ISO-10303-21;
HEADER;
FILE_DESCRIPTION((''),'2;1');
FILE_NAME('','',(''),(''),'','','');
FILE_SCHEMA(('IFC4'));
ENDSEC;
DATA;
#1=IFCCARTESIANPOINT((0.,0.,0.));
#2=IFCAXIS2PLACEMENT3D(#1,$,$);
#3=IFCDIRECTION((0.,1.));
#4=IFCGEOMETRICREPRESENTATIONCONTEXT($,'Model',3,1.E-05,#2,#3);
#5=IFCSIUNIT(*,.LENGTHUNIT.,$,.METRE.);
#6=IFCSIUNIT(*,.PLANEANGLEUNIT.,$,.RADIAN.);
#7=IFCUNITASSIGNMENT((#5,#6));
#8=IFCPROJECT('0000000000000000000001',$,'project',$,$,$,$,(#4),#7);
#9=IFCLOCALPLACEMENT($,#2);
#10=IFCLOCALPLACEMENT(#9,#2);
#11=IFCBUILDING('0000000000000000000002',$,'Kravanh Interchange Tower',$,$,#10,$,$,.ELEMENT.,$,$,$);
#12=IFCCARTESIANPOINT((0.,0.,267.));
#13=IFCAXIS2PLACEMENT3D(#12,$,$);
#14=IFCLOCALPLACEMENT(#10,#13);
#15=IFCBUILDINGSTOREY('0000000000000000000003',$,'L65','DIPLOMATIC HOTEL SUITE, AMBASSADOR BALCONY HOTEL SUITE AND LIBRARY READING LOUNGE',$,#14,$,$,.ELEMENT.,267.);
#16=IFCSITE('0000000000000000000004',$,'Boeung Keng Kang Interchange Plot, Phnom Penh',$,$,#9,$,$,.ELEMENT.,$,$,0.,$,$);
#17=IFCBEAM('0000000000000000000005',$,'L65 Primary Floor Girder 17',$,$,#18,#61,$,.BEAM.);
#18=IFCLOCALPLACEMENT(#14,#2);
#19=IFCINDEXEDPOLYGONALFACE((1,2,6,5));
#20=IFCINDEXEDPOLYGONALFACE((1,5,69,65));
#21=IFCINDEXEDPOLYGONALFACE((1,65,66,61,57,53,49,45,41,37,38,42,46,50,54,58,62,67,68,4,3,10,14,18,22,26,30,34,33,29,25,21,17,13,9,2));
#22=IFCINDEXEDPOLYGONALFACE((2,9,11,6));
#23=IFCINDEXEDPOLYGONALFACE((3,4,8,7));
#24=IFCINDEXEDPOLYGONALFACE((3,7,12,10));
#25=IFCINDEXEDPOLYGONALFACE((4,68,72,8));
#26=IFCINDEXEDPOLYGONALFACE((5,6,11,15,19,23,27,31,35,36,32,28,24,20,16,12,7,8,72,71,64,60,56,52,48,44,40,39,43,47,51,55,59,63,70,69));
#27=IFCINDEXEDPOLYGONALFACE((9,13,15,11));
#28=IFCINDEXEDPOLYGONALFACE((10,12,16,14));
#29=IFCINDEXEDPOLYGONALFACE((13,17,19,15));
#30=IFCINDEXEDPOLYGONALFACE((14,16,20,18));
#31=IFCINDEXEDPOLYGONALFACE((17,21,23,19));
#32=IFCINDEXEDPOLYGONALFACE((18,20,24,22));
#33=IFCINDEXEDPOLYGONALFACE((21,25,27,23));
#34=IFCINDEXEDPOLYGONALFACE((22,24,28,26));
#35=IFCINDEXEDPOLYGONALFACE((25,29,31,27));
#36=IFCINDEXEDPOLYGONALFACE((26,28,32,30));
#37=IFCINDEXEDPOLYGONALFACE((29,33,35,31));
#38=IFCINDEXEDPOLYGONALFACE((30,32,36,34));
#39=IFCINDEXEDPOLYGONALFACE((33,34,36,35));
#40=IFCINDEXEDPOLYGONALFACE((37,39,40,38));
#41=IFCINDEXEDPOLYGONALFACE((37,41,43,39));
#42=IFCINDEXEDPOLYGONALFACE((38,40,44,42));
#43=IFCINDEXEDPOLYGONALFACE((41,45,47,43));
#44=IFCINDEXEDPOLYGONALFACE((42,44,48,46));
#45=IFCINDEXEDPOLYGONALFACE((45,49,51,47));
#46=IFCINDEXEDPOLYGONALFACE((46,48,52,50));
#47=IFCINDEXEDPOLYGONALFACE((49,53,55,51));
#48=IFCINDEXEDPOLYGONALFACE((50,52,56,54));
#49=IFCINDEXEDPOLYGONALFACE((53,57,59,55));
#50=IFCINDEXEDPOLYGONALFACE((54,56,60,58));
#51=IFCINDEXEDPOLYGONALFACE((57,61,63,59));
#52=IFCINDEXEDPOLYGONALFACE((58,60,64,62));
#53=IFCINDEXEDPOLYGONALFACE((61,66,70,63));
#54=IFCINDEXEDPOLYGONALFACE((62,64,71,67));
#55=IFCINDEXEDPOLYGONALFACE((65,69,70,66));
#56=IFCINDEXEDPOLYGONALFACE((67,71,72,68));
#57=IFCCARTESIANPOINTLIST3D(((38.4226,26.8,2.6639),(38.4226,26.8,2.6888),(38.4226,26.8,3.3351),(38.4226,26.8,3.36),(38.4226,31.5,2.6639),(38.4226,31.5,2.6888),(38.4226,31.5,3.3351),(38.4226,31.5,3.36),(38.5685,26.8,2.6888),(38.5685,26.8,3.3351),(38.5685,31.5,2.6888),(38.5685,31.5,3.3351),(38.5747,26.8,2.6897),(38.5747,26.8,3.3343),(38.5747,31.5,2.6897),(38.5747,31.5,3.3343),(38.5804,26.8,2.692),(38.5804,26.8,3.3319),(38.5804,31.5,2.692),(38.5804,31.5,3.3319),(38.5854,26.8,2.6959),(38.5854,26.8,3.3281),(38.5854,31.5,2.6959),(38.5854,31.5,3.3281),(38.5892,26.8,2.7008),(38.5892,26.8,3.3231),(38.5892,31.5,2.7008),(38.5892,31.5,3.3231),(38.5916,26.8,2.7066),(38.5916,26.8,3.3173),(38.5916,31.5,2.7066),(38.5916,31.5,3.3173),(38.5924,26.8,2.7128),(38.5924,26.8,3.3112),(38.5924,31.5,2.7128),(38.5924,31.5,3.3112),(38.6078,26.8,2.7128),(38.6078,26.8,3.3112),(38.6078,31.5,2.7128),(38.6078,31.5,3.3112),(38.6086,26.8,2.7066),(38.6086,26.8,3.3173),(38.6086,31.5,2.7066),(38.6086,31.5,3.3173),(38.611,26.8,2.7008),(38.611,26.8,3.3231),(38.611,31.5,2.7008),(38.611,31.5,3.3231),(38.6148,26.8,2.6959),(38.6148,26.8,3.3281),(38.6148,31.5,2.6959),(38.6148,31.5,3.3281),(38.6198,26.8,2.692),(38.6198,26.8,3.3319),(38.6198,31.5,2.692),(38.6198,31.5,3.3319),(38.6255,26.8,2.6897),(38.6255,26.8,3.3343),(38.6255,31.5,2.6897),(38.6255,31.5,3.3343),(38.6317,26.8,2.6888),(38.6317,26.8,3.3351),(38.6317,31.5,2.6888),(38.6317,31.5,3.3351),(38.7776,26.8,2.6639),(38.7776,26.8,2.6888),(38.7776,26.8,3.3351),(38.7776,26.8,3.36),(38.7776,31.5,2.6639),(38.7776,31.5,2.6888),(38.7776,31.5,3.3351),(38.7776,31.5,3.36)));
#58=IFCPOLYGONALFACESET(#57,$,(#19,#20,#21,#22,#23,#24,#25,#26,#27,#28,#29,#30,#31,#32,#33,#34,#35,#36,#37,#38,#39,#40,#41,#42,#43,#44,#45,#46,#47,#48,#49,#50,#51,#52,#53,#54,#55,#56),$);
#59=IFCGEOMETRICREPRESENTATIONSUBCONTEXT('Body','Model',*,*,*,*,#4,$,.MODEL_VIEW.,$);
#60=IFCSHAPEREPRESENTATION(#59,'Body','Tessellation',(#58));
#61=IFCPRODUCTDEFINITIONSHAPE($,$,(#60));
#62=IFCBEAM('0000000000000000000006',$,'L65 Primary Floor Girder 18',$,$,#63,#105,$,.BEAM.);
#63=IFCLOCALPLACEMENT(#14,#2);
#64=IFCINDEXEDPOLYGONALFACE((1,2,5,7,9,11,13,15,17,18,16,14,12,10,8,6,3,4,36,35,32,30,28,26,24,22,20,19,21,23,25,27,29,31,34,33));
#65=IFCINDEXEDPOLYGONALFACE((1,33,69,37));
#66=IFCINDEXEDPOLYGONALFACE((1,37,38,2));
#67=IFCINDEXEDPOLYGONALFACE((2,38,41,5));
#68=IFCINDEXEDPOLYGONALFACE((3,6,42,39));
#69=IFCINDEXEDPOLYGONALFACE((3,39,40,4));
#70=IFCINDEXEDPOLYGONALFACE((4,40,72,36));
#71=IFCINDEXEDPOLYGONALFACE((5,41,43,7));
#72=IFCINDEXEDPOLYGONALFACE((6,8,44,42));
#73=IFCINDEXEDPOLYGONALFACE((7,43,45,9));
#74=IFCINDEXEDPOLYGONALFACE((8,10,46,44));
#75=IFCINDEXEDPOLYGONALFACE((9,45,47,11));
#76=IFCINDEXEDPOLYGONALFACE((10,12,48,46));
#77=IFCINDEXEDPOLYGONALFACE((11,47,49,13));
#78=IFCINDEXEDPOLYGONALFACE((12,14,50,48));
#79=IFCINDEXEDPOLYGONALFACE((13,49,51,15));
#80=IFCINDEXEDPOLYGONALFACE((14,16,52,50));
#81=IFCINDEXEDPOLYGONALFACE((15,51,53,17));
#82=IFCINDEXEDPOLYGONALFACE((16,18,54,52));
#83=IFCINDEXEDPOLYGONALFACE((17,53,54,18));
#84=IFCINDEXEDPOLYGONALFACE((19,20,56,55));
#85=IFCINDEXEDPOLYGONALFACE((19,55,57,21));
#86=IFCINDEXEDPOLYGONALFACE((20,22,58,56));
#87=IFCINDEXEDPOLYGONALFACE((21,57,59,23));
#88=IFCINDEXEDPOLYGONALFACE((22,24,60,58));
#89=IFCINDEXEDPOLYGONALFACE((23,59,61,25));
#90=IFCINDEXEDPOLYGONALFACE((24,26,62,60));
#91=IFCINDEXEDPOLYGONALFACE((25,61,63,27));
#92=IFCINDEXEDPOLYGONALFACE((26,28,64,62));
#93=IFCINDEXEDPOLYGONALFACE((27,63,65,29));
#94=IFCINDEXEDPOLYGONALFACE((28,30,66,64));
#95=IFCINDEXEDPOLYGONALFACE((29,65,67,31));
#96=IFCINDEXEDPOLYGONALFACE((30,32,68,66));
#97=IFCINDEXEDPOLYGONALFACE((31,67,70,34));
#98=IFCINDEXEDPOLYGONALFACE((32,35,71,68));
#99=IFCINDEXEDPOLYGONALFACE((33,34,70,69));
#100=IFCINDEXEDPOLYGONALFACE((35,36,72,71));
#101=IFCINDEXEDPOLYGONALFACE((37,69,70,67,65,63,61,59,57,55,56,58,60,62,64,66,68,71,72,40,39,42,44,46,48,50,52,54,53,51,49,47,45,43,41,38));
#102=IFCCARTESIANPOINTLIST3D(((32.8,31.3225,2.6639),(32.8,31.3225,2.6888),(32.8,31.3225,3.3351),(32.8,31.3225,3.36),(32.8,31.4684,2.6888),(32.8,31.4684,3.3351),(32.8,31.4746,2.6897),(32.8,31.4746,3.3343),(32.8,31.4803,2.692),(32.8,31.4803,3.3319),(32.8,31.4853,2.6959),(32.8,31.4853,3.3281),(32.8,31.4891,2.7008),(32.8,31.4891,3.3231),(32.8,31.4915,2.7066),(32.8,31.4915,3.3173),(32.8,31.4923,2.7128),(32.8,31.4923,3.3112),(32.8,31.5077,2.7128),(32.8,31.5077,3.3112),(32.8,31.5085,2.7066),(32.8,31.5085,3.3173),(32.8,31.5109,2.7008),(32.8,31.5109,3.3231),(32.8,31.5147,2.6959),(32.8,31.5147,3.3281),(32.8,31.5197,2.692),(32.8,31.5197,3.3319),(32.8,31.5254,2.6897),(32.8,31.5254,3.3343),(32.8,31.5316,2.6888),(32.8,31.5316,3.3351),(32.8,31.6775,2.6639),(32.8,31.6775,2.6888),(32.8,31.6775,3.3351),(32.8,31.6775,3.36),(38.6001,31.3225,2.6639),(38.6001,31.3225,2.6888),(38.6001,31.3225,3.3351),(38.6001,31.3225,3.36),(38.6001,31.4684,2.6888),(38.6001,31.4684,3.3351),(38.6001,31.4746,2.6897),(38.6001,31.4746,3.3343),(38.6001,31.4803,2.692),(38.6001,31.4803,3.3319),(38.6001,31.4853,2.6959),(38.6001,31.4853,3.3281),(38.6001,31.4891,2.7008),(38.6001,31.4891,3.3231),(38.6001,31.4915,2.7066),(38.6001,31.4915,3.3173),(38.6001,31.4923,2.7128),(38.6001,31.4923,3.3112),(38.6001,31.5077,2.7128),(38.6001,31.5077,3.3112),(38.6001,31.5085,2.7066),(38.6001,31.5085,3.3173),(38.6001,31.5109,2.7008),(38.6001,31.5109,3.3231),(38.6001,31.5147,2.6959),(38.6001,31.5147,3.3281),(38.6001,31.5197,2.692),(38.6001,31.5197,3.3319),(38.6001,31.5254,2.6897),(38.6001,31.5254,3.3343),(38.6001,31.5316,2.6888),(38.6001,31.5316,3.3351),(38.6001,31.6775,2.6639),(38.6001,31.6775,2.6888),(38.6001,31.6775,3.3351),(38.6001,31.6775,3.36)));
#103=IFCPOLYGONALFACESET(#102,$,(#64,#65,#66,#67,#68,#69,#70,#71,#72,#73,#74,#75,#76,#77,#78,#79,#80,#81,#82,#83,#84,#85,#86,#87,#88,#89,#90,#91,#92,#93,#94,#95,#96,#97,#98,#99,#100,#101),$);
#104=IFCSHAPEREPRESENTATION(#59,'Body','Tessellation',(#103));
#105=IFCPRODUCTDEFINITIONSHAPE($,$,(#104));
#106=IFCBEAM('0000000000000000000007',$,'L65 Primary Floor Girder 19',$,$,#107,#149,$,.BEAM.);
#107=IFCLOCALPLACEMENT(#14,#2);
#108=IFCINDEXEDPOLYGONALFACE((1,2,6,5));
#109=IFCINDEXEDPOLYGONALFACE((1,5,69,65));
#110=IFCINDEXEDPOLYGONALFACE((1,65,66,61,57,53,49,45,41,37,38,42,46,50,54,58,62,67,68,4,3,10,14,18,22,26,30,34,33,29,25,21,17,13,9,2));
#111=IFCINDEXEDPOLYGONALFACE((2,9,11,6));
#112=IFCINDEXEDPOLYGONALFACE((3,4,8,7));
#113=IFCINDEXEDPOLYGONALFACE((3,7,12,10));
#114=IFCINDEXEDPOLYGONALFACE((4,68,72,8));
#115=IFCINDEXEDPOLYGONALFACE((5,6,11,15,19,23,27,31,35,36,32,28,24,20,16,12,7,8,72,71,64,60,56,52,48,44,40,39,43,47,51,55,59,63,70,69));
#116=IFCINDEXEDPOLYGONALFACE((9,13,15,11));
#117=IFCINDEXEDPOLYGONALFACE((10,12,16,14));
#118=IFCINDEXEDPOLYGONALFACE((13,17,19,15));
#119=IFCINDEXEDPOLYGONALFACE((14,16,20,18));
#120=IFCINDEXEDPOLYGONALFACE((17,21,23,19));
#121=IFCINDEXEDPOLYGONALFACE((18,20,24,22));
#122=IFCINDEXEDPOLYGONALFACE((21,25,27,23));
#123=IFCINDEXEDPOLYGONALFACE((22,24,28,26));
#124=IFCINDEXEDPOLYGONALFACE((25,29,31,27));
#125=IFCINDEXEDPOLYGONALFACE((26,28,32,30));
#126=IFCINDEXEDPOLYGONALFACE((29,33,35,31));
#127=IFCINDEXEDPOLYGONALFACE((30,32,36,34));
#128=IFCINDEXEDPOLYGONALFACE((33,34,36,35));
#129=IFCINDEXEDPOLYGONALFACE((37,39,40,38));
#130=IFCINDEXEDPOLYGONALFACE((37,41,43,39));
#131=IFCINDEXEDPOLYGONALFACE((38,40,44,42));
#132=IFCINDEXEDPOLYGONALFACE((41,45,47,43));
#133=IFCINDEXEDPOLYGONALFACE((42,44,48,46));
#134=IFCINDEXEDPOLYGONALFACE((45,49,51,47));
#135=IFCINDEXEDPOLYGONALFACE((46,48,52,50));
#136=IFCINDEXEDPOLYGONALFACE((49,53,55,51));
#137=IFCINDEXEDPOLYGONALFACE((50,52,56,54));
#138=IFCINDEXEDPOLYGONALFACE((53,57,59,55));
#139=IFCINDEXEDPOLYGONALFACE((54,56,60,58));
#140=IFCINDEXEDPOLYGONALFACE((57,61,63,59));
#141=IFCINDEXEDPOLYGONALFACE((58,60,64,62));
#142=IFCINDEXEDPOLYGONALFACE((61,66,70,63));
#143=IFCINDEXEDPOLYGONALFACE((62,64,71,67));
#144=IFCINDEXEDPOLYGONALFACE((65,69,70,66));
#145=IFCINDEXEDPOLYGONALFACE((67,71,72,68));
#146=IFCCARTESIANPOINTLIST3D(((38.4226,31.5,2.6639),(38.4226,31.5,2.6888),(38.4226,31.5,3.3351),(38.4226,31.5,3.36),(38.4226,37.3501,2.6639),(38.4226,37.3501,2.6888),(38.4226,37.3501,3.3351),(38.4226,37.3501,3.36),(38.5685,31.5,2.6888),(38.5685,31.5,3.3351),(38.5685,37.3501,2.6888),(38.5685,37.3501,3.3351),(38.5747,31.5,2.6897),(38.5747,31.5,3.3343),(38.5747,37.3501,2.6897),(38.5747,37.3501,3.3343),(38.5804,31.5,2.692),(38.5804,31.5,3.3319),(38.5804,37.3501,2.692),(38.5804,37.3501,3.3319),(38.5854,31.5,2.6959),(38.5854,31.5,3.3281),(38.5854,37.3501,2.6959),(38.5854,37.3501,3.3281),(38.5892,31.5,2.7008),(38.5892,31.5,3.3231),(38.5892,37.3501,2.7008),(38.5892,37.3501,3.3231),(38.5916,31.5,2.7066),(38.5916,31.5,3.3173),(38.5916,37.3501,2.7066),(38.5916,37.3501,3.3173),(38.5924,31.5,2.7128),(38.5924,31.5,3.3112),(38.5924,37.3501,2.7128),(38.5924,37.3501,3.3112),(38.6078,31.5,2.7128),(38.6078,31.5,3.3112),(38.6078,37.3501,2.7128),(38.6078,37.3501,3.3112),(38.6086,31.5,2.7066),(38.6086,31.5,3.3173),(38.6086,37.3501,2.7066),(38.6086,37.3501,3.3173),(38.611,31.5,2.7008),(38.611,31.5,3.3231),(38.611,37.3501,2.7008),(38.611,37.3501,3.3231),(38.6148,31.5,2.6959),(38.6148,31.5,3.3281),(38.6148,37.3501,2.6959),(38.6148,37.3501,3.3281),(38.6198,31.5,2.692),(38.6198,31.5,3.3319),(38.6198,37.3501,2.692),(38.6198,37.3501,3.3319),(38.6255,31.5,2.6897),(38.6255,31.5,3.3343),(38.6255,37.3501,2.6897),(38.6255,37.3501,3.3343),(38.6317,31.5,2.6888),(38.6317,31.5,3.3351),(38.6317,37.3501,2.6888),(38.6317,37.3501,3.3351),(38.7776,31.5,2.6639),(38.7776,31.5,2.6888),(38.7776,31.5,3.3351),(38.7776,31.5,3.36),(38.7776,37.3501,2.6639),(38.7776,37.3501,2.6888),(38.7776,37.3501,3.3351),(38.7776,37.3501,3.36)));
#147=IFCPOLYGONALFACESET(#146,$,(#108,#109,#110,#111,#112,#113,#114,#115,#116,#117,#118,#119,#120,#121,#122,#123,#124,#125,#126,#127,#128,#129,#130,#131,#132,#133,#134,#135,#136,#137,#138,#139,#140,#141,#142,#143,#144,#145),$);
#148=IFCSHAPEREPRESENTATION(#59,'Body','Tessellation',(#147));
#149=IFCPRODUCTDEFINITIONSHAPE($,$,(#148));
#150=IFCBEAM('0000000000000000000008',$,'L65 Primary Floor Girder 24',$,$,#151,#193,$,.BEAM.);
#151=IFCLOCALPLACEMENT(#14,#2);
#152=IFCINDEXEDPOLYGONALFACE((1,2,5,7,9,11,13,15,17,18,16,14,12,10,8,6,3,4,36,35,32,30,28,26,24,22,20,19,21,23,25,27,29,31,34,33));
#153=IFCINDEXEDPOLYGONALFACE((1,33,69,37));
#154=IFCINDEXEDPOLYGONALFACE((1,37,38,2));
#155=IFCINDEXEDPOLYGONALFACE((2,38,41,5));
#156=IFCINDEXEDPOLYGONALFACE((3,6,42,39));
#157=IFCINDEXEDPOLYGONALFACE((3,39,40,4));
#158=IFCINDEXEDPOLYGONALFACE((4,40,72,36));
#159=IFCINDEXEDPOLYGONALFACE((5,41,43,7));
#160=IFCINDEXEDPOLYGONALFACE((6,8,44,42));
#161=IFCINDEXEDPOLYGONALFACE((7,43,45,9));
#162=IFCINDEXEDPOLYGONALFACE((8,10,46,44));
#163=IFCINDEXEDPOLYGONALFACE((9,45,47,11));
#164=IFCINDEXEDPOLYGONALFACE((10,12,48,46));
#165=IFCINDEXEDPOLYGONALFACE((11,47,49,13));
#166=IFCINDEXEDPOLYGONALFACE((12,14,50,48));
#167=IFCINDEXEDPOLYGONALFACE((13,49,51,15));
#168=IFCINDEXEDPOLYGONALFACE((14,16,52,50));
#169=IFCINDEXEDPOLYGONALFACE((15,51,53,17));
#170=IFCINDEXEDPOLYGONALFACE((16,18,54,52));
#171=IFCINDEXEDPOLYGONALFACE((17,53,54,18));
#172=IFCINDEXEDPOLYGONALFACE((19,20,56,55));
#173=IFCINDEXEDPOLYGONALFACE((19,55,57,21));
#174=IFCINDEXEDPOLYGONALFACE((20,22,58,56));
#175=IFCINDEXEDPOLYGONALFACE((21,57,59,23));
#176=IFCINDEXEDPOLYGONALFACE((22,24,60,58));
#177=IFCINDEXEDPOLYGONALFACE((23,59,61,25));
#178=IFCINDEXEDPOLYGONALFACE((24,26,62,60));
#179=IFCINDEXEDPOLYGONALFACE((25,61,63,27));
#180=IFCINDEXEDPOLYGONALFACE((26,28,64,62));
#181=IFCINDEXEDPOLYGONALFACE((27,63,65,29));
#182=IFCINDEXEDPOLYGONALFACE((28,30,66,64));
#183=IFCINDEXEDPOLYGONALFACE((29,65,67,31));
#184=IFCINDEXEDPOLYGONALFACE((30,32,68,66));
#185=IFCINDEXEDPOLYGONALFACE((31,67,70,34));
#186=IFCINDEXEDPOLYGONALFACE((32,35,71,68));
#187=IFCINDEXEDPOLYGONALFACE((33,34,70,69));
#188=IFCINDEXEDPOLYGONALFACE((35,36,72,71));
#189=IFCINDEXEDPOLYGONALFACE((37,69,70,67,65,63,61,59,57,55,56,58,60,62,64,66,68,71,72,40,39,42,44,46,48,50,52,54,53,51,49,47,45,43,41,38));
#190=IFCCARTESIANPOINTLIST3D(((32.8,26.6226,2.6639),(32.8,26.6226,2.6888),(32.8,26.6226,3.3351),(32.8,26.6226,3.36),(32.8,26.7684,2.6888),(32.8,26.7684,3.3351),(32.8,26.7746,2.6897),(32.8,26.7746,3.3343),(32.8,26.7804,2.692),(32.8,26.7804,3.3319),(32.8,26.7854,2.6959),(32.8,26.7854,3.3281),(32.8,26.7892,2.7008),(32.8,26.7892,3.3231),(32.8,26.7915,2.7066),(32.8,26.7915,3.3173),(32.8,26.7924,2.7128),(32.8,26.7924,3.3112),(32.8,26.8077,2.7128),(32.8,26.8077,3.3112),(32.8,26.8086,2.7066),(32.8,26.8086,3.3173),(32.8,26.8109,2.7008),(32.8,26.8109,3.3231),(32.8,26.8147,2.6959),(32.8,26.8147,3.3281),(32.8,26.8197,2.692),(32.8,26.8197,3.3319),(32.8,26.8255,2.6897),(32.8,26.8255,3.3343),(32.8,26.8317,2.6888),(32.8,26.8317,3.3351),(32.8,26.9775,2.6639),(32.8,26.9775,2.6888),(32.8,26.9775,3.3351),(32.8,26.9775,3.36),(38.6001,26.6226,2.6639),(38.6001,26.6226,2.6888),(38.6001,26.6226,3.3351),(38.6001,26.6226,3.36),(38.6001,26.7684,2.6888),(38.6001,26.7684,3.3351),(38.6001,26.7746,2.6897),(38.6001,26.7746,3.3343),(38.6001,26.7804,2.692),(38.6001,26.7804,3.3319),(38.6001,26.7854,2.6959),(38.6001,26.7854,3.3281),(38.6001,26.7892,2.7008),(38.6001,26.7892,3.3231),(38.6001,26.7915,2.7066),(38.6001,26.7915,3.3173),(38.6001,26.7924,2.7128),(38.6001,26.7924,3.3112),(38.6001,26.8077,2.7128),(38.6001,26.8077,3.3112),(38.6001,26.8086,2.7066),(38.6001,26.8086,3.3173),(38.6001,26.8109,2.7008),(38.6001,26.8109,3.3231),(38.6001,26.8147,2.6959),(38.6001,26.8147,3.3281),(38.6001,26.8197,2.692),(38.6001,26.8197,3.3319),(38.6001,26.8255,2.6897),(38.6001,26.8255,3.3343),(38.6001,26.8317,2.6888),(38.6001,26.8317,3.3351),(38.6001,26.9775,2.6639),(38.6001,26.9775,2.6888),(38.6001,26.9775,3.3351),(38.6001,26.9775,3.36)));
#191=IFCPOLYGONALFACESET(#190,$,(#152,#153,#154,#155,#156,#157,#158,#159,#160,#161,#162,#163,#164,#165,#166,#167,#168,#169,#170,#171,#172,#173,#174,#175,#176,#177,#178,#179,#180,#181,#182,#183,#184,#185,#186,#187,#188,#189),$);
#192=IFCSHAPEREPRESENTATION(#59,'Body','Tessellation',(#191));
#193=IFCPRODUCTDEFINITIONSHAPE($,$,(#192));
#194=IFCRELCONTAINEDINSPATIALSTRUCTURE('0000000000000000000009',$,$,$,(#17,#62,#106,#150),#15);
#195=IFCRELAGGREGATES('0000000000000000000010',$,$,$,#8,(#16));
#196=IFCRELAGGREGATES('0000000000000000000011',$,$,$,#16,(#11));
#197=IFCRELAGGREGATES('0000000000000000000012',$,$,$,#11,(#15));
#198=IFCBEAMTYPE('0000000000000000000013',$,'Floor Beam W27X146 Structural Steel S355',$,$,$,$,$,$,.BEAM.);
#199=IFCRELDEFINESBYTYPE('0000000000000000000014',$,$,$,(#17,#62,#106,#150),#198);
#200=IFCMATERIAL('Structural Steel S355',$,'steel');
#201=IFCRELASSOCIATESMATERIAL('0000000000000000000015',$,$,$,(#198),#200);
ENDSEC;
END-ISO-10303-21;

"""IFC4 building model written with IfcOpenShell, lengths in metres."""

from ifc_helpers import new_model, si_unit, direction, frame, origin, origin_2d, place, context, subcontext, project, spatial, i_section, extrude, material, material_profile, profile_set, type_object, element, save


model = new_model("IFC4")

# Units and contexts
model_context = context("Model", 3, precision=1e-05, world=origin(), true_north=direction((0.0, 1.0)))
body_context = subcontext(model_context, "Body", "Model", "MODEL_VIEW")
ifc_project = project(units=[si_unit("LENGTHUNIT", "METRE"), si_unit("PLANEANGLEUNIT", "RADIAN")], contexts=[model_context])

# Site, building, storey
site_placement = place(None, origin())
site = spatial("IfcSite", under=ifc_project, at=site_placement, Name="Boeung Keng Kang Interchange Plot, Phnom Penh", CompositionType="ELEMENT", RefElevation=0.0)
building_placement = place(site_placement, origin())
building = spatial("IfcBuilding", under=site, at=building_placement, Name="Kravanh Interchange Tower", CompositionType="ELEMENT")
storey_placement = place(building_placement, frame((0.0, 0.0, 267.0)))
storey = spatial("IfcBuildingStorey", under=building, at=storey_placement, Name="L65", Description="DIPLOMATIC HOTEL SUITE, AMBASSADOR BALCONY HOTEL SUITE AND LIBRARY READING LOUNGE", CompositionType="ELEMENT", Elevation=267.0)

# Beams
ifc_material_1 = material(Name="Structural Steel S355", Category="steel")
ifc_material_profile_1 = material_profile(ifc_material_1, i_section(OverallWidth=0.355, OverallDepth=0.696, WebThickness=0.0154, FlangeThickness=0.0249, FilletRadius=0.0239, at=origin_2d()), Name="W27X146")
ifc_profile_set_1 = profile_set([ifc_material_profile_1], Name="Structural Steel S355")
beam_type_1 = type_object("IfcBeamType", Name="Floor Beam W27X146 Structural Steel S355", PredefinedType="BEAM", material=ifc_profile_set_1)
beam_1_placement = place(storey_placement, frame((38.6001, 31.5, 3.012), z_axis=(0.0, -1.0, 0.0), x_axis=(1.0, 0.0, 0.0)))
element("IfcBeam", 1, at=beam_1_placement, inside=storey, type_object=beam_type_1, Name="L65 Primary Floor Girder 17", PredefinedType="BEAM", context=body_context, shape_type="SweptSolid", body=[
    extrude(i_section(OverallWidth=0.355, OverallDepth=0.696, WebThickness=0.0154, FlangeThickness=0.0249, FilletRadius=0.0239, at=origin_2d()), origin(), (0.0, 0.0, 1.0), 4.7),
])
beam_2_placement = place(storey_placement, frame((38.6001, 31.5, 3.012), z_axis=(-1.0, 0.0, 0.0), x_axis=(0.0, -1.0, 0.0)))
element("IfcBeam", 2, at=beam_2_placement, inside=storey, type_object=beam_type_1, Name="L65 Primary Floor Girder 18", PredefinedType="BEAM", context=body_context, shape_type="SweptSolid", body=[
    extrude(i_section(OverallWidth=0.355, OverallDepth=0.696, WebThickness=0.0154, FlangeThickness=0.0249, FilletRadius=0.0239, at=origin_2d()), origin(), (0.0, 0.0, 1.0), 5.8),
])
beam_3_placement = place(storey_placement, frame((38.6001, 31.5, 3.012), z_axis=(0.0, 1.0, 0.0), x_axis=(-1.0, 0.0, 0.0)))
element("IfcBeam", 3, at=beam_3_placement, inside=storey, type_object=beam_type_1, Name="L65 Primary Floor Girder 19", PredefinedType="BEAM", context=body_context, shape_type="SweptSolid", body=[
    extrude(i_section(OverallWidth=0.355, OverallDepth=0.696, WebThickness=0.0154, FlangeThickness=0.0249, FilletRadius=0.0239, at=origin_2d()), origin(), (0.0, 0.0, 1.0), 5.8501),
])
beam_4_placement = place(storey_placement, frame((38.6001, 26.8, 3.012), z_axis=(-1.0, 0.0, 0.0), x_axis=(0.0, -1.0, 0.0)))
element("IfcBeam", 4, at=beam_4_placement, inside=storey, type_object=beam_type_1, Name="L65 Primary Floor Girder 24", PredefinedType="BEAM", context=body_context, shape_type="SweptSolid", body=[
    extrude(i_section(OverallWidth=0.355, OverallDepth=0.696, WebThickness=0.0154, FlangeThickness=0.0249, FilletRadius=0.0239, at=origin_2d()), origin(), (0.0, 0.0, 1.0), 5.8),
])

save(model, "model.ifc")
